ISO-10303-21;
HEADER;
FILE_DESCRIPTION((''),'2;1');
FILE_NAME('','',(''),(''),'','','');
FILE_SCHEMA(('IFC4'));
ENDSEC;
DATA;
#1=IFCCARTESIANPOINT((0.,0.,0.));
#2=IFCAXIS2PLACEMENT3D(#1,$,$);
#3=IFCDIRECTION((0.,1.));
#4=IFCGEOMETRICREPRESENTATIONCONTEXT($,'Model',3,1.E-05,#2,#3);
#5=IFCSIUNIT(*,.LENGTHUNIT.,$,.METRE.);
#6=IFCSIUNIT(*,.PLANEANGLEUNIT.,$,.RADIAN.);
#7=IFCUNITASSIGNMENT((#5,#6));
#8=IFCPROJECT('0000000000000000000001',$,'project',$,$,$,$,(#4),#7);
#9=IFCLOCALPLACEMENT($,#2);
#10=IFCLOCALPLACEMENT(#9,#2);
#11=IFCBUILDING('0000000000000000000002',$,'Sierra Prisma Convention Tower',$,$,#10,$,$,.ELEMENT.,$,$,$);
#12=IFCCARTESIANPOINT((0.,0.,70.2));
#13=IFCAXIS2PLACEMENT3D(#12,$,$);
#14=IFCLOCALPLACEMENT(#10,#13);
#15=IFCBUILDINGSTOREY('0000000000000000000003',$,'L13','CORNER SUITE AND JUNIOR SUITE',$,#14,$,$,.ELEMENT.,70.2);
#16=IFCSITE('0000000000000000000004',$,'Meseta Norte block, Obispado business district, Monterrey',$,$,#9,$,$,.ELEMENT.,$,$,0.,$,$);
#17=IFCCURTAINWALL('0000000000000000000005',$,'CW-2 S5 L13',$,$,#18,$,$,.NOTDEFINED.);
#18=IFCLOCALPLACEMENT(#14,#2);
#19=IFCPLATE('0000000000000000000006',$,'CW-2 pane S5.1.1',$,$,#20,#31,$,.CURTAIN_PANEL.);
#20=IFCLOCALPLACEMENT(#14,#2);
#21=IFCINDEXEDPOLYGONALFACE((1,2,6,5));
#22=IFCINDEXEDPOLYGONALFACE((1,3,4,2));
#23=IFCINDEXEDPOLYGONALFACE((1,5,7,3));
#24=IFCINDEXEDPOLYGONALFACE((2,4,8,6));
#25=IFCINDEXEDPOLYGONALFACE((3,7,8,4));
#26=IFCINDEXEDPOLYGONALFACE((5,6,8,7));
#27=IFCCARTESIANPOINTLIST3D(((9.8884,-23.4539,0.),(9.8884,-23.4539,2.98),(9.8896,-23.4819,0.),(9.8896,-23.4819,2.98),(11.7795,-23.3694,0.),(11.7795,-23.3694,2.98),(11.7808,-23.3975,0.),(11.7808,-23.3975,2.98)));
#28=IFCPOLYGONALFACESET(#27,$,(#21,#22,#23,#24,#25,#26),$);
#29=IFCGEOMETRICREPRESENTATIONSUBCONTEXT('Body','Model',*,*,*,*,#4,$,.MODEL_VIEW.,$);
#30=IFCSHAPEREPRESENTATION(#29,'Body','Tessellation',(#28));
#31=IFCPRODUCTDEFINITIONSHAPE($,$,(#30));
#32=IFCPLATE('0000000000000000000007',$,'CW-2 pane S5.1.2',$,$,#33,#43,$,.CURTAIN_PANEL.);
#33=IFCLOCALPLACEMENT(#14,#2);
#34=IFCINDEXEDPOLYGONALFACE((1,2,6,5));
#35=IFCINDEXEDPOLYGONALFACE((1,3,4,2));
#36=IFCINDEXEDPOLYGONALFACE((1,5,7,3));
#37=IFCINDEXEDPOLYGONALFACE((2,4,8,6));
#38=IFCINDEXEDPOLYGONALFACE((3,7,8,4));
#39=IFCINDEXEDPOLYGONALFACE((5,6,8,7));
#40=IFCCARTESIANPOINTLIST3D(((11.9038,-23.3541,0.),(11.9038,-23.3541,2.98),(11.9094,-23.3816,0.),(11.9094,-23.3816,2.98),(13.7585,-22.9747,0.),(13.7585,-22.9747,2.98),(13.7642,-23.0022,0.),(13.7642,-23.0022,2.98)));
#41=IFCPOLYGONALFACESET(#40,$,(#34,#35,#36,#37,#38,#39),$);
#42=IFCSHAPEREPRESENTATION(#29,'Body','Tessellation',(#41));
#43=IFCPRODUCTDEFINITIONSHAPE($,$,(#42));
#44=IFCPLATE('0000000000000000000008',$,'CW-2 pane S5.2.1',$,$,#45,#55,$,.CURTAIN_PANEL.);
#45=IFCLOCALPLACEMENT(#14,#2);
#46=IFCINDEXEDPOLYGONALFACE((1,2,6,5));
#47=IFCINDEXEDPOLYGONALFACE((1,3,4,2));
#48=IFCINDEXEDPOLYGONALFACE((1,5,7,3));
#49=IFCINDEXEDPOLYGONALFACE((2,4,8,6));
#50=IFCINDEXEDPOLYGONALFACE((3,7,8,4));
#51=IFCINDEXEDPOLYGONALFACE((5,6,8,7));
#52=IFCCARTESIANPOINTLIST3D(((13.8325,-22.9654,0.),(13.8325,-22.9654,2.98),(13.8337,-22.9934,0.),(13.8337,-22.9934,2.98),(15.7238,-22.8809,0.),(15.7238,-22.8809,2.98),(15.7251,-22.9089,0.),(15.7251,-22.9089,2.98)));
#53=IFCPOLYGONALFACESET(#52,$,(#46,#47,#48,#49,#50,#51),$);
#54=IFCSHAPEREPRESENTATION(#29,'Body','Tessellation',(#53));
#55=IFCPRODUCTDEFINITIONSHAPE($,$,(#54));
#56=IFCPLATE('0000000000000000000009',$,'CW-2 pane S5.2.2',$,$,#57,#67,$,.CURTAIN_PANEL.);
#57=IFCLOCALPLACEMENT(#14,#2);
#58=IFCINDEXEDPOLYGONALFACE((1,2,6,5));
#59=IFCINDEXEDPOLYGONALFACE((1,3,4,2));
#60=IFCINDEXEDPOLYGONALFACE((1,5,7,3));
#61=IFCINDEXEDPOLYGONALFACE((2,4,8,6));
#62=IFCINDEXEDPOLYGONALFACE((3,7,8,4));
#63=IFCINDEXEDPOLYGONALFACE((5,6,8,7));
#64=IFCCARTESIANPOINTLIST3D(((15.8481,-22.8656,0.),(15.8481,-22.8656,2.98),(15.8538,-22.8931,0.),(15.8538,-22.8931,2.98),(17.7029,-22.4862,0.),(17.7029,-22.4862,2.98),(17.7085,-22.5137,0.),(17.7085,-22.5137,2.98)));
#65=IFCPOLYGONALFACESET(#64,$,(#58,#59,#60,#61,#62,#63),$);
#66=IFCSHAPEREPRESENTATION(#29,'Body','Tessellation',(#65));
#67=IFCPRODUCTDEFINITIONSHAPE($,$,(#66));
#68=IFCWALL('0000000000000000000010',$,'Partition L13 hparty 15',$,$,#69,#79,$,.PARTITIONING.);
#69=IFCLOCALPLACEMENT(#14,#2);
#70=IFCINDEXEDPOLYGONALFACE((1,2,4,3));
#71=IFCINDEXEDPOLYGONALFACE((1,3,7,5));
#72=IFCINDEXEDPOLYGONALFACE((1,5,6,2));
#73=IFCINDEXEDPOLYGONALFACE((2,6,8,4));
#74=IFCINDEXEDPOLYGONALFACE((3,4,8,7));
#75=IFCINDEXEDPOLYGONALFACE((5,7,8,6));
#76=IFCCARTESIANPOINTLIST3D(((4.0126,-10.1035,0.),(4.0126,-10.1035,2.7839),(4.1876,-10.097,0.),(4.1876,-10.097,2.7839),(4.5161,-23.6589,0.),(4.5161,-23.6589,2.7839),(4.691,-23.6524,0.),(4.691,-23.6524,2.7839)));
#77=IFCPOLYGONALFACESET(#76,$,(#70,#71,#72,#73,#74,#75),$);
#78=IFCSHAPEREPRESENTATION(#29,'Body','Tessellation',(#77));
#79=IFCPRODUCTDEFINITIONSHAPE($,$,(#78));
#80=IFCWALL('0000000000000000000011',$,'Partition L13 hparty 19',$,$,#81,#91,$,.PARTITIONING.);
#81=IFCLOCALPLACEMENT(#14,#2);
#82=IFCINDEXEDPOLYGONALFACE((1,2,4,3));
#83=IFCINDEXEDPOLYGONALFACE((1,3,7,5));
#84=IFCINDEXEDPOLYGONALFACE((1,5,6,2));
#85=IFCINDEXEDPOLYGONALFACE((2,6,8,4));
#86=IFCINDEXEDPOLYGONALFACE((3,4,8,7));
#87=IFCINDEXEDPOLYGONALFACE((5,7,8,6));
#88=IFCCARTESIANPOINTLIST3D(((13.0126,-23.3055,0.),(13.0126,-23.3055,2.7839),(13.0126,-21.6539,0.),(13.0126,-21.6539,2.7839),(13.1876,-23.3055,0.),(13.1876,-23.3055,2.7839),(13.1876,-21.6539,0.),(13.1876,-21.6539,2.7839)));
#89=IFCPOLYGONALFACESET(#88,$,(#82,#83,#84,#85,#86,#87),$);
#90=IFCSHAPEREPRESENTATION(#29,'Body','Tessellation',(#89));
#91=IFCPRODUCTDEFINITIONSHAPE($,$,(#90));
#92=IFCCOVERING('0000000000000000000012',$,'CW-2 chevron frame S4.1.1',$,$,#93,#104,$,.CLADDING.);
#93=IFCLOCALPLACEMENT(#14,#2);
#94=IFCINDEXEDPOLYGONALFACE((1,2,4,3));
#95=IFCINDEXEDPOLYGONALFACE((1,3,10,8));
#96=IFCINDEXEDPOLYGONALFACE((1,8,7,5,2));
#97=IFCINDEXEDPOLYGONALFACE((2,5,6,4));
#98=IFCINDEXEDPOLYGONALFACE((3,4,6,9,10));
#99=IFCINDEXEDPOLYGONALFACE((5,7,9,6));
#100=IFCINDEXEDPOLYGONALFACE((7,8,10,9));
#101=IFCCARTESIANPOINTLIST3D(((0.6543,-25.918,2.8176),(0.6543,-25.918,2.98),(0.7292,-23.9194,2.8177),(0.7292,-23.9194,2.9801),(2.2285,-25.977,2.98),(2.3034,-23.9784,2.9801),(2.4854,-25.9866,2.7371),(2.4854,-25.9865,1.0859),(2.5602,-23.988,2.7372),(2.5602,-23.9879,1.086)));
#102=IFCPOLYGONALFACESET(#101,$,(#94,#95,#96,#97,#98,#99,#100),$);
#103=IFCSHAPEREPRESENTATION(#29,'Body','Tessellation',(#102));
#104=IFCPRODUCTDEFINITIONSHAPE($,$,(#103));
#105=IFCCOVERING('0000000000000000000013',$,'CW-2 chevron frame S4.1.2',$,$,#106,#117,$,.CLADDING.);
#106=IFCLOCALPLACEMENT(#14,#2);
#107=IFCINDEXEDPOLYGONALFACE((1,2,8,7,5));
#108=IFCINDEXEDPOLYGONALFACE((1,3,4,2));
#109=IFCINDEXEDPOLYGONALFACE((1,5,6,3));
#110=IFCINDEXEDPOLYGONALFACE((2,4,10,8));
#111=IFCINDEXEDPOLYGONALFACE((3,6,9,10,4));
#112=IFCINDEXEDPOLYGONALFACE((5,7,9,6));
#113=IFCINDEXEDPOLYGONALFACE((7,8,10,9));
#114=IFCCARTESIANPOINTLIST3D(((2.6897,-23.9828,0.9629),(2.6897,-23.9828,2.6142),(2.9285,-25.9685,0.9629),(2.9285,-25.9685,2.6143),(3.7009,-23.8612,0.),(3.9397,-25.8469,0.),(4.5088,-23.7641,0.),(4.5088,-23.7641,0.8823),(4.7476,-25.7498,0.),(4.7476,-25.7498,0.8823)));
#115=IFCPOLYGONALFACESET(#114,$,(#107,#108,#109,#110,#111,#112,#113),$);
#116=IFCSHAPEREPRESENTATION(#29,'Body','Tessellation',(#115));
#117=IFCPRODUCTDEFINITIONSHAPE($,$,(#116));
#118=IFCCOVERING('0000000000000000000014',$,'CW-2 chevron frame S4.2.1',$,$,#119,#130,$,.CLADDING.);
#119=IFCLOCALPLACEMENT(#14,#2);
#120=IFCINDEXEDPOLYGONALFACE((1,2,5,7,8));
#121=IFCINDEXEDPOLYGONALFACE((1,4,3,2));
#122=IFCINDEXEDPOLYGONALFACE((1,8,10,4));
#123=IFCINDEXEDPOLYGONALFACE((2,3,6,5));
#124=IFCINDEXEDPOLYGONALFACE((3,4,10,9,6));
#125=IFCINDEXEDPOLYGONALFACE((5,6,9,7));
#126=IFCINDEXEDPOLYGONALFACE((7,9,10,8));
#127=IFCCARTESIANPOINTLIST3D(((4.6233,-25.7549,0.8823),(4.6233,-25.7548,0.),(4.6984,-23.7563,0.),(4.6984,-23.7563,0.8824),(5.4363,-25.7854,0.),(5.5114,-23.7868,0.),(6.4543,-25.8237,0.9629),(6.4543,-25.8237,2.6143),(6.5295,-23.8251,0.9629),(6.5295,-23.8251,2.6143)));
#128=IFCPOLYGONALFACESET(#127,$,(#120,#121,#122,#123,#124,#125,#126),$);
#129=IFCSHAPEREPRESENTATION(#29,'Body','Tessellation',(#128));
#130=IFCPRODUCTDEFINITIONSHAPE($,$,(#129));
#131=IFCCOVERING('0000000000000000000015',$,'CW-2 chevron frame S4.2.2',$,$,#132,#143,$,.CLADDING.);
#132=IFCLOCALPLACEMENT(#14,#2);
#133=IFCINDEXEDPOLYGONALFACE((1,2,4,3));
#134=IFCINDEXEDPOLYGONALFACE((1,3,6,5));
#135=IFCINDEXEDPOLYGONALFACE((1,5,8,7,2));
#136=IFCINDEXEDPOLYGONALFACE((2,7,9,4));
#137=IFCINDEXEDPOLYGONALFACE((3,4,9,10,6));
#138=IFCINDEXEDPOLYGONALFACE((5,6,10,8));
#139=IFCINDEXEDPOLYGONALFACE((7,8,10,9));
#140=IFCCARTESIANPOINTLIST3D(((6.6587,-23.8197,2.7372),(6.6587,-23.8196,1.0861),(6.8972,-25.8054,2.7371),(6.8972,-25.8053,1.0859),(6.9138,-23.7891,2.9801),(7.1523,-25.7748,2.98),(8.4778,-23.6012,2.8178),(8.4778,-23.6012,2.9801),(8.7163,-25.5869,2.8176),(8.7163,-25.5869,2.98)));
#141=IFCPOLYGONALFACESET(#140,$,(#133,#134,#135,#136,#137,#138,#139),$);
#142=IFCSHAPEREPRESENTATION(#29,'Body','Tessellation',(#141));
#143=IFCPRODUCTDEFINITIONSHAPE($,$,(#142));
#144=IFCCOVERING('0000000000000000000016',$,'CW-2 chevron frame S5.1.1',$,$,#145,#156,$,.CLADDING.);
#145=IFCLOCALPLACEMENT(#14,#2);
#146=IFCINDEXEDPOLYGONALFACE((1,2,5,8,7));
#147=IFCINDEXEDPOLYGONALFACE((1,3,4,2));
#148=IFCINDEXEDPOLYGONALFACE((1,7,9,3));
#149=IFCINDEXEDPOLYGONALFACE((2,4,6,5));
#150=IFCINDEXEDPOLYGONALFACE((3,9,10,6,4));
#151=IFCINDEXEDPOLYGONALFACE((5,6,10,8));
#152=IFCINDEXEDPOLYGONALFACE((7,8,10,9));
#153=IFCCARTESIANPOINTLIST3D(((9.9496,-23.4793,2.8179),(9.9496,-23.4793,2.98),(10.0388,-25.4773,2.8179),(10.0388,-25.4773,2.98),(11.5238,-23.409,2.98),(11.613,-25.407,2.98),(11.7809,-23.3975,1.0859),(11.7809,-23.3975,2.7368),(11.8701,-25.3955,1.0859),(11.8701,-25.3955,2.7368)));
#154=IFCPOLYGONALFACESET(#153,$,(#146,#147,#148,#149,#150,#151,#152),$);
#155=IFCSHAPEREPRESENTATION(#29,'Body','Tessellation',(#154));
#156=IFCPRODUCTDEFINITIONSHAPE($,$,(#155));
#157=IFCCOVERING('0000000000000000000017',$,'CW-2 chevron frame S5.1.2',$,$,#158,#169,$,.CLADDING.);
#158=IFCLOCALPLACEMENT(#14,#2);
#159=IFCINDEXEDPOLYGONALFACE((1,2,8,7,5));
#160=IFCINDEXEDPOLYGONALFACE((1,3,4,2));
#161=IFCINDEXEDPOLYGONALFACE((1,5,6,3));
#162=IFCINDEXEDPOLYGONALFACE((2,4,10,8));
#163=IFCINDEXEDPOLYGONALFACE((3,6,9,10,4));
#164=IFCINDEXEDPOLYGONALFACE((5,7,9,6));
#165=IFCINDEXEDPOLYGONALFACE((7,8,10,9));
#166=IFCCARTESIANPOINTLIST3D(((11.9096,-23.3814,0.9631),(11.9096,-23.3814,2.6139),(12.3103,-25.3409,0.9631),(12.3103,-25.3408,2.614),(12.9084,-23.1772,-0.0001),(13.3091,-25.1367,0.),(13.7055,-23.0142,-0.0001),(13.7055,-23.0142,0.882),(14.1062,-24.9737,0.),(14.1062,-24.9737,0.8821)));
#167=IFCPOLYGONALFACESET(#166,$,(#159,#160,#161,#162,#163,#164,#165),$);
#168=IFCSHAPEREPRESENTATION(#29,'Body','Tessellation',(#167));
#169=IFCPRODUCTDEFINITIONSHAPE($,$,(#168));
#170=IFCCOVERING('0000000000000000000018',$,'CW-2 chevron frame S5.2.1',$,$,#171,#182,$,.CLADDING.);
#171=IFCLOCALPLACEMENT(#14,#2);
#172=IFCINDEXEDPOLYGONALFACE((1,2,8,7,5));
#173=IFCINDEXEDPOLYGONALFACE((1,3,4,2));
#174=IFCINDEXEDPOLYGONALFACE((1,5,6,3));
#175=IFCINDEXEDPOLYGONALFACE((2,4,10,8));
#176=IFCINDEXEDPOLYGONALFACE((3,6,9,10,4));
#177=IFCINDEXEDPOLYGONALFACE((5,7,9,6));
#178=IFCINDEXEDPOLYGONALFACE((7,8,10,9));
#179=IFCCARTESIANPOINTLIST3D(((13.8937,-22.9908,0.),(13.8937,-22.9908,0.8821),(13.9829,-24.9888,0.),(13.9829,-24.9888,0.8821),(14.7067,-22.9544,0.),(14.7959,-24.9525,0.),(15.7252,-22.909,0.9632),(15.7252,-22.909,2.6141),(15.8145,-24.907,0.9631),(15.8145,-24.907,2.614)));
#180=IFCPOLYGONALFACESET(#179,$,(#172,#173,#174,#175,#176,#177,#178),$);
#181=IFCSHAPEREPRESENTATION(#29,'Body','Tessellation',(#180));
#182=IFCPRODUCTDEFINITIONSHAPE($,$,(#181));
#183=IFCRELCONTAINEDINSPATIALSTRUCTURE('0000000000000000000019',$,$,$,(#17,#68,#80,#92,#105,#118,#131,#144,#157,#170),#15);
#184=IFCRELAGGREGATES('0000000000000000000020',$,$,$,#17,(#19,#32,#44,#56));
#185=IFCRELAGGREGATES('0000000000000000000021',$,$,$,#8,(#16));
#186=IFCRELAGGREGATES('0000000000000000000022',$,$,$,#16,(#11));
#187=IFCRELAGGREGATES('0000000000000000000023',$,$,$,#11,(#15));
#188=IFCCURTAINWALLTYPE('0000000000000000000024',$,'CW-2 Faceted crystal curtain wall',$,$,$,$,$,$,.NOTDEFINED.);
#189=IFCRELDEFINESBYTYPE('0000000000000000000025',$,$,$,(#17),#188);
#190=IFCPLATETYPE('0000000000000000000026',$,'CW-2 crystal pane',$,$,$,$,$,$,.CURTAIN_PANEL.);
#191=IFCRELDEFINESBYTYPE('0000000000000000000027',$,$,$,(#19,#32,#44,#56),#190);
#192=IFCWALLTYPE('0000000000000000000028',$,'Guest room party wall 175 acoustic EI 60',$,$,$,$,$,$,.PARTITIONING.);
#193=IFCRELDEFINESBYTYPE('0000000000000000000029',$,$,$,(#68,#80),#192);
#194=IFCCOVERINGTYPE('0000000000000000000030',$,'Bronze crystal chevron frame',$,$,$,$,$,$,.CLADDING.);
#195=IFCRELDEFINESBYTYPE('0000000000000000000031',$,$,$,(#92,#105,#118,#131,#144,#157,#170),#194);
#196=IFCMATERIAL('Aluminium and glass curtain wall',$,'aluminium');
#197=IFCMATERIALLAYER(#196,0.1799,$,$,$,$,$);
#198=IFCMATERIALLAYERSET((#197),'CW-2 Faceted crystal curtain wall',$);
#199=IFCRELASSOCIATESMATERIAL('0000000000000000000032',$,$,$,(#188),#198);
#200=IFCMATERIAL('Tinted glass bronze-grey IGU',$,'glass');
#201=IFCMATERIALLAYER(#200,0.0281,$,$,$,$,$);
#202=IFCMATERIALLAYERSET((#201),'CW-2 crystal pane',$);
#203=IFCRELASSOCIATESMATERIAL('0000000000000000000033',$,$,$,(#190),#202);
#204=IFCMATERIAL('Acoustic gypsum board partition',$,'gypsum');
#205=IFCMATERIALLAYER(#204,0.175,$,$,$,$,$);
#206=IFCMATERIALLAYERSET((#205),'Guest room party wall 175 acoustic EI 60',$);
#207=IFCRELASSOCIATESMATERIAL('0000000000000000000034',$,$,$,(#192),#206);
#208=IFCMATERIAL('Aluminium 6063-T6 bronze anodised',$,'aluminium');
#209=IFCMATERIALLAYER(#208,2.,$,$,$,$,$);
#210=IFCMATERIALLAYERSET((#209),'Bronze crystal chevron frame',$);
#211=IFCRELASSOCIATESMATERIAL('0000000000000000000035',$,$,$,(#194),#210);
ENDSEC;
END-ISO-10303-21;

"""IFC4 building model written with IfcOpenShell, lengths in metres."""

from ifc_helpers import new_model, si_unit, direction, frame, frame_2d, origin, place, context, subcontext, project, spatial, polyline, rectangle, outline, extrude, material, layer, layer_set, type_object, element, aggregate, save


model = new_model("IFC4")

# Units and contexts
model_context = context("Model", 3, precision=1e-05, world=origin(), true_north=direction((0.0, 1.0)))
body_context = subcontext(model_context, "Body", "Model", "MODEL_VIEW")
ifc_project = project(units=[si_unit("LENGTHUNIT", "METRE"), si_unit("PLANEANGLEUNIT", "RADIAN")], contexts=[model_context])

# Site, building, storey
site_placement = place(None, origin())
site = spatial("IfcSite", under=ifc_project, at=site_placement, Name="Meseta Norte block, Obispado business district, Monterrey", CompositionType="ELEMENT", RefElevation=0.0)
building_placement = place(site_placement, origin())
building = spatial("IfcBuilding", under=site, at=building_placement, Name="Sierra Prisma Convention Tower", CompositionType="ELEMENT")
storey_placement = place(building_placement, frame((0.0, 0.0, 70.2)))
storey = spatial("IfcBuildingStorey", under=building, at=storey_placement, Name="L13", Description="CORNER SUITE AND JUNIOR SUITE", CompositionType="ELEMENT", Elevation=70.2)

# Curtain wall
ifc_material_1 = material(Name="Aluminium and glass curtain wall", Category="aluminium")
ifc_layer_1 = layer(ifc_material_1, 0.1799)
ifc_layer_set_1 = layer_set([ifc_layer_1], Name="CW-2 Faceted crystal curtain wall")
curtain_wall_type = type_object("IfcCurtainWallType", Name="CW-2 Faceted crystal curtain wall", PredefinedType="NOTDEFINED", material=ifc_layer_set_1)
curtain_wall_1_placement = place(storey_placement, origin())
curtain_wall_1 = element("IfcCurtainWall", 1, at=curtain_wall_1_placement, inside=storey, type_object=curtain_wall_type, Name="CW-2 S5 L13", PredefinedType="NOTDEFINED")

# Plates
ifc_material_2 = material(Name="Tinted glass bronze-grey IGU", Category="glass")
ifc_layer_2 = layer(ifc_material_2, 0.0281)
ifc_layer_set_2 = layer_set([ifc_layer_2], Name="CW-2 crystal pane")
plate_type = type_object("IfcPlateType", Name="CW-2 crystal pane", PredefinedType="CURTAIN_PANEL", material=ifc_layer_set_2)
plate_1_placement = place(storey_placement, frame((9.8896, -23.4819, 0.0), z_axis=(0.044624, -0.999004, 0.0), x_axis=(0.999004, 0.044624, 0.0)))
plate_1 = element("IfcPlate", 2, at=plate_1_placement, type_object=plate_type, Name="CW-2 pane S5.1.1", PredefinedType="CURTAIN_PANEL", context=body_context, shape_type="SweptSolid", body=[
    extrude(outline(polyline([(0.0, 0.0), (1.893, 0.0), (1.893, 2.98), (0.0, 2.98), (0.0, 0.0)])), origin(), (0.0, 0.0, -1.0), 0.0281),
])
plate_2_placement = place(storey_placement, frame((13.7642, -23.0022, 0.0), z_axis=(0.200405, -0.979713, 0.0), x_axis=(-0.979713, -0.200405, 0.0)))
plate_2 = element("IfcPlate", 3, at=plate_2_placement, type_object=plate_type, Name="CW-2 pane S5.1.2", PredefinedType="CURTAIN_PANEL", context=body_context, shape_type="SweptSolid", body=[
    extrude(outline(polyline([(0.0, 0.0), (1.8931, 0.0), (1.8931, -2.98), (0.0, -2.98), (0.0, 0.0)])), origin(), (0.0, 0.0, -1.0), 0.0281),
])
plate_3_placement = place(storey_placement, frame((13.8337, -22.9934, 0.0), z_axis=(0.044618, -0.999004, 0.0), x_axis=(0.999004, 0.044618, 0.0)))
plate_3 = element("IfcPlate", 4, at=plate_3_placement, type_object=plate_type, Name="CW-2 pane S5.2.1", PredefinedType="CURTAIN_PANEL", context=body_context, shape_type="SweptSolid", body=[
    extrude(outline(polyline([(0.0, 0.0), (1.8932, 0.0), (1.8932, 2.98), (0.0, 2.98), (0.0, 0.0)])), origin(), (0.0, 0.0, -1.0), 0.0281),
])
plate_4_placement = place(storey_placement, frame((17.7085, -22.5137, 0.0), z_axis=(0.200405, -0.979713, 0.0), x_axis=(-0.979713, -0.200405, 0.0)))
plate_4 = element("IfcPlate", 5, at=plate_4_placement, type_object=plate_type, Name="CW-2 pane S5.2.2", PredefinedType="CURTAIN_PANEL", context=body_context, shape_type="SweptSolid", body=[
    extrude(outline(polyline([(0.0, 0.0), (1.8931, 0.0), (1.8931, -2.98), (0.0, -2.98), (0.0, 0.0)])), origin(), (0.0, 0.0, -1.0), 0.0281),
])
aggregate(curtain_wall_1, [plate_1, plate_2, plate_3, plate_4])

# Walls
ifc_material_3 = material(Name="Acoustic gypsum board partition", Category="gypsum")
ifc_layer_3 = layer(ifc_material_3, 0.175)
ifc_layer_set_3 = layer_set([ifc_layer_3], Name="Guest room party wall 175 acoustic EI 60")
wall_type = type_object("IfcWallType", Name="Guest room party wall 175 acoustic EI 60", PredefinedType="PARTITIONING", material=ifc_layer_set_3)
wall_1_placement = place(storey_placement, frame((4.6035, -23.6555, 0.0), z_axis=(0.0, 0.0, 1.0), x_axis=(-0.037112, 0.999311, 0.0)))
element("IfcWall", 6, at=wall_1_placement, inside=storey, type_object=wall_type, Name="Partition L13 hparty 15", PredefinedType="PARTITIONING", context=body_context, shape_type="SweptSolid", body=[
    extrude(rectangle(XDim=13.5647, YDim=0.175, at=frame_2d((6.7822, 0.0))), origin(), (0.0, 0.0, 1.0), 2.7839),
])
wall_2_placement = place(storey_placement, frame((13.1001, -21.6541, 0.0), z_axis=(0.0, 0.0, 1.0), x_axis=(0.0, -1.0, 0.0)))
element("IfcWall", 7, at=wall_2_placement, inside=storey, type_object=wall_type, Name="Partition L13 hparty 19", PredefinedType="PARTITIONING", context=body_context, shape_type="SweptSolid", body=[
    extrude(rectangle(XDim=1.6516, YDim=0.175, at=frame_2d((0.8257, 0.0))), origin(), (0.0, 0.0, 1.0), 2.7839),
])

# Coverings
ifc_material_4 = material(Name="Aluminium 6063-T6 bronze anodised", Category="aluminium")
ifc_layer_4 = layer(ifc_material_4, 2.0)
ifc_layer_set_4 = layer_set([ifc_layer_4], Name="Bronze crystal chevron frame")
covering_type = type_object("IfcCoveringType", Name="Bronze crystal chevron frame", PredefinedType="CLADDING", material=ifc_layer_set_4)
covering_1_placement = place(storey_placement, frame((0.6543, -25.918, 2.98), z_axis=(-0.037447, -0.999299, -0.00005), x_axis=(0.000002, 0.00005, -1.0)))
element("IfcCovering", 8, at=covering_1_placement, inside=storey, type_object=covering_type, Name="CW-2 chevron frame S4.1.1", PredefinedType="CLADDING", context=body_context, shape_type="SweptSolid", body=[
    extrude(outline(polyline([(0.0, 0.0), (0.1624, 0.0), (1.894, 1.8323), (0.2429, 1.8323), (0.0, 1.5753), (0.0, 0.0)])), origin(), (0.0, 0.0, -1.0), 2.0),
])
covering_2_placement = place(storey_placement, frame((2.9285, -25.9685, 2.6143), z_axis=(0.119396, -0.992847, 0.000007), x_axis=(0.000001, -0.000007, -1.0)))
element("IfcCovering", 9, at=covering_2_placement, inside=storey, type_object=covering_type, Name="CW-2 chevron frame S4.1.2", PredefinedType="CLADDING", context=body_context, shape_type="SweptSolid", body=[
    extrude(outline(polyline([(0.0, 0.0), (1.6514, 0.0), (2.6143, 1.0185), (2.6143, 1.8322), (1.7319, 1.8322), (0.0, 0.0)])), origin(), (0.0, 0.0, -1.0), 2.0),
])
covering_3_placement = place(storey_placement, frame((5.4363, -25.7854, 0.0), z_axis=(-0.037564, -0.999294, -0.000017), x_axis=(0.72625, -0.027312, 0.686888)))
element("IfcCovering", 10, at=covering_3_placement, inside=storey, type_object=covering_type, Name="CW-2 chevron frame S4.2.1", PredefinedType="CLADDING", context=body_context, shape_type="SweptSolid", body=[
    extrude(outline(polyline([(0.0, 0.0), (1.4018, 0.0), (2.5361, 1.2002), (0.0148, 1.2001), (-0.5913, 0.5588), (0.0, 0.0)])), origin(), (0.0, 0.0, -1.0), 2.0),
])
covering_4_placement = place(storey_placement, frame((8.7163, -25.5869, 2.98), z_axis=(0.119269, -0.992862, -0.000063), x_axis=(-0.992862, -0.119269, 0.0)))
element("IfcCovering", 11, at=covering_4_placement, inside=storey, type_object=covering_type, Name="CW-2 chevron frame S4.2.2", PredefinedType="CLADDING", context=body_context, shape_type="SweptSolid", body=[
    extrude(outline(polyline([(0.0, 0.0), (1.5752, 0.0), (1.8322, 0.2429), (1.8322, 1.894), (0.0, 0.1624), (0.0, 0.0)])), origin(), (0.0, 0.0, -1.0), 2.0),
])
covering_5_placement = place(storey_placement, frame((10.0388, -25.4773, 2.98), z_axis=(0.044617, -0.999004, 0.000003), x_axis=(0.0, -0.000003, -1.0)))
element("IfcCovering", 12, at=covering_5_placement, inside=storey, type_object=covering_type, Name="CW-2 chevron frame S5.1.1", PredefinedType="CLADDING", context=body_context, shape_type="SweptSolid", body=[
    extrude(outline(polyline([(0.0, 0.0), (0.1621, 0.0), (1.894, 1.8331), (0.2432, 1.8331), (0.0, 1.5758), (0.0, 0.0)])), origin(), (0.0, 0.0, -1.0), 2.0),
])
covering_6_placement = place(storey_placement, frame((12.3103, -25.3408, 2.614), z_axis=(0.200333, -0.979728, 0.000036), x_axis=(0.000007, -0.000035, -1.0)))
element("IfcCovering", 13, at=covering_6_placement, inside=storey, type_object=covering_type, Name="CW-2 chevron frame S5.1.2", PredefinedType="CLADDING", context=body_context, shape_type="SweptSolid", body=[
    extrude(outline(polyline([(0.0, 0.0), (1.6509, 0.0), (2.614, 1.0194), (2.614, 1.8331), (1.7319, 1.8331), (0.0, 0.0)])), origin(), (0.0, 0.0, -1.0), 2.0),
])
covering_7_placement = place(storey_placement, frame((13.9829, -24.9888, 0.0), z_axis=(0.044623, -0.999004, -0.000025), x_axis=(0.999004, 0.044623, 0.0)))
element("IfcCovering", 14, at=covering_7_placement, inside=storey, type_object=covering_type, Name="CW-2 chevron frame S5.2.1", PredefinedType="CLADDING", context=body_context, shape_type="SweptSolid", body=[
    extrude(outline(polyline([(0.0, 0.0), (0.8138, 0.0), (1.8334, 0.9631), (1.8334, 2.614), (0.0, 0.8821), (0.0, 0.0)])), origin(), (0.0, 0.0, -1.0), 2.0),
])

save(model, "model.ifc")
